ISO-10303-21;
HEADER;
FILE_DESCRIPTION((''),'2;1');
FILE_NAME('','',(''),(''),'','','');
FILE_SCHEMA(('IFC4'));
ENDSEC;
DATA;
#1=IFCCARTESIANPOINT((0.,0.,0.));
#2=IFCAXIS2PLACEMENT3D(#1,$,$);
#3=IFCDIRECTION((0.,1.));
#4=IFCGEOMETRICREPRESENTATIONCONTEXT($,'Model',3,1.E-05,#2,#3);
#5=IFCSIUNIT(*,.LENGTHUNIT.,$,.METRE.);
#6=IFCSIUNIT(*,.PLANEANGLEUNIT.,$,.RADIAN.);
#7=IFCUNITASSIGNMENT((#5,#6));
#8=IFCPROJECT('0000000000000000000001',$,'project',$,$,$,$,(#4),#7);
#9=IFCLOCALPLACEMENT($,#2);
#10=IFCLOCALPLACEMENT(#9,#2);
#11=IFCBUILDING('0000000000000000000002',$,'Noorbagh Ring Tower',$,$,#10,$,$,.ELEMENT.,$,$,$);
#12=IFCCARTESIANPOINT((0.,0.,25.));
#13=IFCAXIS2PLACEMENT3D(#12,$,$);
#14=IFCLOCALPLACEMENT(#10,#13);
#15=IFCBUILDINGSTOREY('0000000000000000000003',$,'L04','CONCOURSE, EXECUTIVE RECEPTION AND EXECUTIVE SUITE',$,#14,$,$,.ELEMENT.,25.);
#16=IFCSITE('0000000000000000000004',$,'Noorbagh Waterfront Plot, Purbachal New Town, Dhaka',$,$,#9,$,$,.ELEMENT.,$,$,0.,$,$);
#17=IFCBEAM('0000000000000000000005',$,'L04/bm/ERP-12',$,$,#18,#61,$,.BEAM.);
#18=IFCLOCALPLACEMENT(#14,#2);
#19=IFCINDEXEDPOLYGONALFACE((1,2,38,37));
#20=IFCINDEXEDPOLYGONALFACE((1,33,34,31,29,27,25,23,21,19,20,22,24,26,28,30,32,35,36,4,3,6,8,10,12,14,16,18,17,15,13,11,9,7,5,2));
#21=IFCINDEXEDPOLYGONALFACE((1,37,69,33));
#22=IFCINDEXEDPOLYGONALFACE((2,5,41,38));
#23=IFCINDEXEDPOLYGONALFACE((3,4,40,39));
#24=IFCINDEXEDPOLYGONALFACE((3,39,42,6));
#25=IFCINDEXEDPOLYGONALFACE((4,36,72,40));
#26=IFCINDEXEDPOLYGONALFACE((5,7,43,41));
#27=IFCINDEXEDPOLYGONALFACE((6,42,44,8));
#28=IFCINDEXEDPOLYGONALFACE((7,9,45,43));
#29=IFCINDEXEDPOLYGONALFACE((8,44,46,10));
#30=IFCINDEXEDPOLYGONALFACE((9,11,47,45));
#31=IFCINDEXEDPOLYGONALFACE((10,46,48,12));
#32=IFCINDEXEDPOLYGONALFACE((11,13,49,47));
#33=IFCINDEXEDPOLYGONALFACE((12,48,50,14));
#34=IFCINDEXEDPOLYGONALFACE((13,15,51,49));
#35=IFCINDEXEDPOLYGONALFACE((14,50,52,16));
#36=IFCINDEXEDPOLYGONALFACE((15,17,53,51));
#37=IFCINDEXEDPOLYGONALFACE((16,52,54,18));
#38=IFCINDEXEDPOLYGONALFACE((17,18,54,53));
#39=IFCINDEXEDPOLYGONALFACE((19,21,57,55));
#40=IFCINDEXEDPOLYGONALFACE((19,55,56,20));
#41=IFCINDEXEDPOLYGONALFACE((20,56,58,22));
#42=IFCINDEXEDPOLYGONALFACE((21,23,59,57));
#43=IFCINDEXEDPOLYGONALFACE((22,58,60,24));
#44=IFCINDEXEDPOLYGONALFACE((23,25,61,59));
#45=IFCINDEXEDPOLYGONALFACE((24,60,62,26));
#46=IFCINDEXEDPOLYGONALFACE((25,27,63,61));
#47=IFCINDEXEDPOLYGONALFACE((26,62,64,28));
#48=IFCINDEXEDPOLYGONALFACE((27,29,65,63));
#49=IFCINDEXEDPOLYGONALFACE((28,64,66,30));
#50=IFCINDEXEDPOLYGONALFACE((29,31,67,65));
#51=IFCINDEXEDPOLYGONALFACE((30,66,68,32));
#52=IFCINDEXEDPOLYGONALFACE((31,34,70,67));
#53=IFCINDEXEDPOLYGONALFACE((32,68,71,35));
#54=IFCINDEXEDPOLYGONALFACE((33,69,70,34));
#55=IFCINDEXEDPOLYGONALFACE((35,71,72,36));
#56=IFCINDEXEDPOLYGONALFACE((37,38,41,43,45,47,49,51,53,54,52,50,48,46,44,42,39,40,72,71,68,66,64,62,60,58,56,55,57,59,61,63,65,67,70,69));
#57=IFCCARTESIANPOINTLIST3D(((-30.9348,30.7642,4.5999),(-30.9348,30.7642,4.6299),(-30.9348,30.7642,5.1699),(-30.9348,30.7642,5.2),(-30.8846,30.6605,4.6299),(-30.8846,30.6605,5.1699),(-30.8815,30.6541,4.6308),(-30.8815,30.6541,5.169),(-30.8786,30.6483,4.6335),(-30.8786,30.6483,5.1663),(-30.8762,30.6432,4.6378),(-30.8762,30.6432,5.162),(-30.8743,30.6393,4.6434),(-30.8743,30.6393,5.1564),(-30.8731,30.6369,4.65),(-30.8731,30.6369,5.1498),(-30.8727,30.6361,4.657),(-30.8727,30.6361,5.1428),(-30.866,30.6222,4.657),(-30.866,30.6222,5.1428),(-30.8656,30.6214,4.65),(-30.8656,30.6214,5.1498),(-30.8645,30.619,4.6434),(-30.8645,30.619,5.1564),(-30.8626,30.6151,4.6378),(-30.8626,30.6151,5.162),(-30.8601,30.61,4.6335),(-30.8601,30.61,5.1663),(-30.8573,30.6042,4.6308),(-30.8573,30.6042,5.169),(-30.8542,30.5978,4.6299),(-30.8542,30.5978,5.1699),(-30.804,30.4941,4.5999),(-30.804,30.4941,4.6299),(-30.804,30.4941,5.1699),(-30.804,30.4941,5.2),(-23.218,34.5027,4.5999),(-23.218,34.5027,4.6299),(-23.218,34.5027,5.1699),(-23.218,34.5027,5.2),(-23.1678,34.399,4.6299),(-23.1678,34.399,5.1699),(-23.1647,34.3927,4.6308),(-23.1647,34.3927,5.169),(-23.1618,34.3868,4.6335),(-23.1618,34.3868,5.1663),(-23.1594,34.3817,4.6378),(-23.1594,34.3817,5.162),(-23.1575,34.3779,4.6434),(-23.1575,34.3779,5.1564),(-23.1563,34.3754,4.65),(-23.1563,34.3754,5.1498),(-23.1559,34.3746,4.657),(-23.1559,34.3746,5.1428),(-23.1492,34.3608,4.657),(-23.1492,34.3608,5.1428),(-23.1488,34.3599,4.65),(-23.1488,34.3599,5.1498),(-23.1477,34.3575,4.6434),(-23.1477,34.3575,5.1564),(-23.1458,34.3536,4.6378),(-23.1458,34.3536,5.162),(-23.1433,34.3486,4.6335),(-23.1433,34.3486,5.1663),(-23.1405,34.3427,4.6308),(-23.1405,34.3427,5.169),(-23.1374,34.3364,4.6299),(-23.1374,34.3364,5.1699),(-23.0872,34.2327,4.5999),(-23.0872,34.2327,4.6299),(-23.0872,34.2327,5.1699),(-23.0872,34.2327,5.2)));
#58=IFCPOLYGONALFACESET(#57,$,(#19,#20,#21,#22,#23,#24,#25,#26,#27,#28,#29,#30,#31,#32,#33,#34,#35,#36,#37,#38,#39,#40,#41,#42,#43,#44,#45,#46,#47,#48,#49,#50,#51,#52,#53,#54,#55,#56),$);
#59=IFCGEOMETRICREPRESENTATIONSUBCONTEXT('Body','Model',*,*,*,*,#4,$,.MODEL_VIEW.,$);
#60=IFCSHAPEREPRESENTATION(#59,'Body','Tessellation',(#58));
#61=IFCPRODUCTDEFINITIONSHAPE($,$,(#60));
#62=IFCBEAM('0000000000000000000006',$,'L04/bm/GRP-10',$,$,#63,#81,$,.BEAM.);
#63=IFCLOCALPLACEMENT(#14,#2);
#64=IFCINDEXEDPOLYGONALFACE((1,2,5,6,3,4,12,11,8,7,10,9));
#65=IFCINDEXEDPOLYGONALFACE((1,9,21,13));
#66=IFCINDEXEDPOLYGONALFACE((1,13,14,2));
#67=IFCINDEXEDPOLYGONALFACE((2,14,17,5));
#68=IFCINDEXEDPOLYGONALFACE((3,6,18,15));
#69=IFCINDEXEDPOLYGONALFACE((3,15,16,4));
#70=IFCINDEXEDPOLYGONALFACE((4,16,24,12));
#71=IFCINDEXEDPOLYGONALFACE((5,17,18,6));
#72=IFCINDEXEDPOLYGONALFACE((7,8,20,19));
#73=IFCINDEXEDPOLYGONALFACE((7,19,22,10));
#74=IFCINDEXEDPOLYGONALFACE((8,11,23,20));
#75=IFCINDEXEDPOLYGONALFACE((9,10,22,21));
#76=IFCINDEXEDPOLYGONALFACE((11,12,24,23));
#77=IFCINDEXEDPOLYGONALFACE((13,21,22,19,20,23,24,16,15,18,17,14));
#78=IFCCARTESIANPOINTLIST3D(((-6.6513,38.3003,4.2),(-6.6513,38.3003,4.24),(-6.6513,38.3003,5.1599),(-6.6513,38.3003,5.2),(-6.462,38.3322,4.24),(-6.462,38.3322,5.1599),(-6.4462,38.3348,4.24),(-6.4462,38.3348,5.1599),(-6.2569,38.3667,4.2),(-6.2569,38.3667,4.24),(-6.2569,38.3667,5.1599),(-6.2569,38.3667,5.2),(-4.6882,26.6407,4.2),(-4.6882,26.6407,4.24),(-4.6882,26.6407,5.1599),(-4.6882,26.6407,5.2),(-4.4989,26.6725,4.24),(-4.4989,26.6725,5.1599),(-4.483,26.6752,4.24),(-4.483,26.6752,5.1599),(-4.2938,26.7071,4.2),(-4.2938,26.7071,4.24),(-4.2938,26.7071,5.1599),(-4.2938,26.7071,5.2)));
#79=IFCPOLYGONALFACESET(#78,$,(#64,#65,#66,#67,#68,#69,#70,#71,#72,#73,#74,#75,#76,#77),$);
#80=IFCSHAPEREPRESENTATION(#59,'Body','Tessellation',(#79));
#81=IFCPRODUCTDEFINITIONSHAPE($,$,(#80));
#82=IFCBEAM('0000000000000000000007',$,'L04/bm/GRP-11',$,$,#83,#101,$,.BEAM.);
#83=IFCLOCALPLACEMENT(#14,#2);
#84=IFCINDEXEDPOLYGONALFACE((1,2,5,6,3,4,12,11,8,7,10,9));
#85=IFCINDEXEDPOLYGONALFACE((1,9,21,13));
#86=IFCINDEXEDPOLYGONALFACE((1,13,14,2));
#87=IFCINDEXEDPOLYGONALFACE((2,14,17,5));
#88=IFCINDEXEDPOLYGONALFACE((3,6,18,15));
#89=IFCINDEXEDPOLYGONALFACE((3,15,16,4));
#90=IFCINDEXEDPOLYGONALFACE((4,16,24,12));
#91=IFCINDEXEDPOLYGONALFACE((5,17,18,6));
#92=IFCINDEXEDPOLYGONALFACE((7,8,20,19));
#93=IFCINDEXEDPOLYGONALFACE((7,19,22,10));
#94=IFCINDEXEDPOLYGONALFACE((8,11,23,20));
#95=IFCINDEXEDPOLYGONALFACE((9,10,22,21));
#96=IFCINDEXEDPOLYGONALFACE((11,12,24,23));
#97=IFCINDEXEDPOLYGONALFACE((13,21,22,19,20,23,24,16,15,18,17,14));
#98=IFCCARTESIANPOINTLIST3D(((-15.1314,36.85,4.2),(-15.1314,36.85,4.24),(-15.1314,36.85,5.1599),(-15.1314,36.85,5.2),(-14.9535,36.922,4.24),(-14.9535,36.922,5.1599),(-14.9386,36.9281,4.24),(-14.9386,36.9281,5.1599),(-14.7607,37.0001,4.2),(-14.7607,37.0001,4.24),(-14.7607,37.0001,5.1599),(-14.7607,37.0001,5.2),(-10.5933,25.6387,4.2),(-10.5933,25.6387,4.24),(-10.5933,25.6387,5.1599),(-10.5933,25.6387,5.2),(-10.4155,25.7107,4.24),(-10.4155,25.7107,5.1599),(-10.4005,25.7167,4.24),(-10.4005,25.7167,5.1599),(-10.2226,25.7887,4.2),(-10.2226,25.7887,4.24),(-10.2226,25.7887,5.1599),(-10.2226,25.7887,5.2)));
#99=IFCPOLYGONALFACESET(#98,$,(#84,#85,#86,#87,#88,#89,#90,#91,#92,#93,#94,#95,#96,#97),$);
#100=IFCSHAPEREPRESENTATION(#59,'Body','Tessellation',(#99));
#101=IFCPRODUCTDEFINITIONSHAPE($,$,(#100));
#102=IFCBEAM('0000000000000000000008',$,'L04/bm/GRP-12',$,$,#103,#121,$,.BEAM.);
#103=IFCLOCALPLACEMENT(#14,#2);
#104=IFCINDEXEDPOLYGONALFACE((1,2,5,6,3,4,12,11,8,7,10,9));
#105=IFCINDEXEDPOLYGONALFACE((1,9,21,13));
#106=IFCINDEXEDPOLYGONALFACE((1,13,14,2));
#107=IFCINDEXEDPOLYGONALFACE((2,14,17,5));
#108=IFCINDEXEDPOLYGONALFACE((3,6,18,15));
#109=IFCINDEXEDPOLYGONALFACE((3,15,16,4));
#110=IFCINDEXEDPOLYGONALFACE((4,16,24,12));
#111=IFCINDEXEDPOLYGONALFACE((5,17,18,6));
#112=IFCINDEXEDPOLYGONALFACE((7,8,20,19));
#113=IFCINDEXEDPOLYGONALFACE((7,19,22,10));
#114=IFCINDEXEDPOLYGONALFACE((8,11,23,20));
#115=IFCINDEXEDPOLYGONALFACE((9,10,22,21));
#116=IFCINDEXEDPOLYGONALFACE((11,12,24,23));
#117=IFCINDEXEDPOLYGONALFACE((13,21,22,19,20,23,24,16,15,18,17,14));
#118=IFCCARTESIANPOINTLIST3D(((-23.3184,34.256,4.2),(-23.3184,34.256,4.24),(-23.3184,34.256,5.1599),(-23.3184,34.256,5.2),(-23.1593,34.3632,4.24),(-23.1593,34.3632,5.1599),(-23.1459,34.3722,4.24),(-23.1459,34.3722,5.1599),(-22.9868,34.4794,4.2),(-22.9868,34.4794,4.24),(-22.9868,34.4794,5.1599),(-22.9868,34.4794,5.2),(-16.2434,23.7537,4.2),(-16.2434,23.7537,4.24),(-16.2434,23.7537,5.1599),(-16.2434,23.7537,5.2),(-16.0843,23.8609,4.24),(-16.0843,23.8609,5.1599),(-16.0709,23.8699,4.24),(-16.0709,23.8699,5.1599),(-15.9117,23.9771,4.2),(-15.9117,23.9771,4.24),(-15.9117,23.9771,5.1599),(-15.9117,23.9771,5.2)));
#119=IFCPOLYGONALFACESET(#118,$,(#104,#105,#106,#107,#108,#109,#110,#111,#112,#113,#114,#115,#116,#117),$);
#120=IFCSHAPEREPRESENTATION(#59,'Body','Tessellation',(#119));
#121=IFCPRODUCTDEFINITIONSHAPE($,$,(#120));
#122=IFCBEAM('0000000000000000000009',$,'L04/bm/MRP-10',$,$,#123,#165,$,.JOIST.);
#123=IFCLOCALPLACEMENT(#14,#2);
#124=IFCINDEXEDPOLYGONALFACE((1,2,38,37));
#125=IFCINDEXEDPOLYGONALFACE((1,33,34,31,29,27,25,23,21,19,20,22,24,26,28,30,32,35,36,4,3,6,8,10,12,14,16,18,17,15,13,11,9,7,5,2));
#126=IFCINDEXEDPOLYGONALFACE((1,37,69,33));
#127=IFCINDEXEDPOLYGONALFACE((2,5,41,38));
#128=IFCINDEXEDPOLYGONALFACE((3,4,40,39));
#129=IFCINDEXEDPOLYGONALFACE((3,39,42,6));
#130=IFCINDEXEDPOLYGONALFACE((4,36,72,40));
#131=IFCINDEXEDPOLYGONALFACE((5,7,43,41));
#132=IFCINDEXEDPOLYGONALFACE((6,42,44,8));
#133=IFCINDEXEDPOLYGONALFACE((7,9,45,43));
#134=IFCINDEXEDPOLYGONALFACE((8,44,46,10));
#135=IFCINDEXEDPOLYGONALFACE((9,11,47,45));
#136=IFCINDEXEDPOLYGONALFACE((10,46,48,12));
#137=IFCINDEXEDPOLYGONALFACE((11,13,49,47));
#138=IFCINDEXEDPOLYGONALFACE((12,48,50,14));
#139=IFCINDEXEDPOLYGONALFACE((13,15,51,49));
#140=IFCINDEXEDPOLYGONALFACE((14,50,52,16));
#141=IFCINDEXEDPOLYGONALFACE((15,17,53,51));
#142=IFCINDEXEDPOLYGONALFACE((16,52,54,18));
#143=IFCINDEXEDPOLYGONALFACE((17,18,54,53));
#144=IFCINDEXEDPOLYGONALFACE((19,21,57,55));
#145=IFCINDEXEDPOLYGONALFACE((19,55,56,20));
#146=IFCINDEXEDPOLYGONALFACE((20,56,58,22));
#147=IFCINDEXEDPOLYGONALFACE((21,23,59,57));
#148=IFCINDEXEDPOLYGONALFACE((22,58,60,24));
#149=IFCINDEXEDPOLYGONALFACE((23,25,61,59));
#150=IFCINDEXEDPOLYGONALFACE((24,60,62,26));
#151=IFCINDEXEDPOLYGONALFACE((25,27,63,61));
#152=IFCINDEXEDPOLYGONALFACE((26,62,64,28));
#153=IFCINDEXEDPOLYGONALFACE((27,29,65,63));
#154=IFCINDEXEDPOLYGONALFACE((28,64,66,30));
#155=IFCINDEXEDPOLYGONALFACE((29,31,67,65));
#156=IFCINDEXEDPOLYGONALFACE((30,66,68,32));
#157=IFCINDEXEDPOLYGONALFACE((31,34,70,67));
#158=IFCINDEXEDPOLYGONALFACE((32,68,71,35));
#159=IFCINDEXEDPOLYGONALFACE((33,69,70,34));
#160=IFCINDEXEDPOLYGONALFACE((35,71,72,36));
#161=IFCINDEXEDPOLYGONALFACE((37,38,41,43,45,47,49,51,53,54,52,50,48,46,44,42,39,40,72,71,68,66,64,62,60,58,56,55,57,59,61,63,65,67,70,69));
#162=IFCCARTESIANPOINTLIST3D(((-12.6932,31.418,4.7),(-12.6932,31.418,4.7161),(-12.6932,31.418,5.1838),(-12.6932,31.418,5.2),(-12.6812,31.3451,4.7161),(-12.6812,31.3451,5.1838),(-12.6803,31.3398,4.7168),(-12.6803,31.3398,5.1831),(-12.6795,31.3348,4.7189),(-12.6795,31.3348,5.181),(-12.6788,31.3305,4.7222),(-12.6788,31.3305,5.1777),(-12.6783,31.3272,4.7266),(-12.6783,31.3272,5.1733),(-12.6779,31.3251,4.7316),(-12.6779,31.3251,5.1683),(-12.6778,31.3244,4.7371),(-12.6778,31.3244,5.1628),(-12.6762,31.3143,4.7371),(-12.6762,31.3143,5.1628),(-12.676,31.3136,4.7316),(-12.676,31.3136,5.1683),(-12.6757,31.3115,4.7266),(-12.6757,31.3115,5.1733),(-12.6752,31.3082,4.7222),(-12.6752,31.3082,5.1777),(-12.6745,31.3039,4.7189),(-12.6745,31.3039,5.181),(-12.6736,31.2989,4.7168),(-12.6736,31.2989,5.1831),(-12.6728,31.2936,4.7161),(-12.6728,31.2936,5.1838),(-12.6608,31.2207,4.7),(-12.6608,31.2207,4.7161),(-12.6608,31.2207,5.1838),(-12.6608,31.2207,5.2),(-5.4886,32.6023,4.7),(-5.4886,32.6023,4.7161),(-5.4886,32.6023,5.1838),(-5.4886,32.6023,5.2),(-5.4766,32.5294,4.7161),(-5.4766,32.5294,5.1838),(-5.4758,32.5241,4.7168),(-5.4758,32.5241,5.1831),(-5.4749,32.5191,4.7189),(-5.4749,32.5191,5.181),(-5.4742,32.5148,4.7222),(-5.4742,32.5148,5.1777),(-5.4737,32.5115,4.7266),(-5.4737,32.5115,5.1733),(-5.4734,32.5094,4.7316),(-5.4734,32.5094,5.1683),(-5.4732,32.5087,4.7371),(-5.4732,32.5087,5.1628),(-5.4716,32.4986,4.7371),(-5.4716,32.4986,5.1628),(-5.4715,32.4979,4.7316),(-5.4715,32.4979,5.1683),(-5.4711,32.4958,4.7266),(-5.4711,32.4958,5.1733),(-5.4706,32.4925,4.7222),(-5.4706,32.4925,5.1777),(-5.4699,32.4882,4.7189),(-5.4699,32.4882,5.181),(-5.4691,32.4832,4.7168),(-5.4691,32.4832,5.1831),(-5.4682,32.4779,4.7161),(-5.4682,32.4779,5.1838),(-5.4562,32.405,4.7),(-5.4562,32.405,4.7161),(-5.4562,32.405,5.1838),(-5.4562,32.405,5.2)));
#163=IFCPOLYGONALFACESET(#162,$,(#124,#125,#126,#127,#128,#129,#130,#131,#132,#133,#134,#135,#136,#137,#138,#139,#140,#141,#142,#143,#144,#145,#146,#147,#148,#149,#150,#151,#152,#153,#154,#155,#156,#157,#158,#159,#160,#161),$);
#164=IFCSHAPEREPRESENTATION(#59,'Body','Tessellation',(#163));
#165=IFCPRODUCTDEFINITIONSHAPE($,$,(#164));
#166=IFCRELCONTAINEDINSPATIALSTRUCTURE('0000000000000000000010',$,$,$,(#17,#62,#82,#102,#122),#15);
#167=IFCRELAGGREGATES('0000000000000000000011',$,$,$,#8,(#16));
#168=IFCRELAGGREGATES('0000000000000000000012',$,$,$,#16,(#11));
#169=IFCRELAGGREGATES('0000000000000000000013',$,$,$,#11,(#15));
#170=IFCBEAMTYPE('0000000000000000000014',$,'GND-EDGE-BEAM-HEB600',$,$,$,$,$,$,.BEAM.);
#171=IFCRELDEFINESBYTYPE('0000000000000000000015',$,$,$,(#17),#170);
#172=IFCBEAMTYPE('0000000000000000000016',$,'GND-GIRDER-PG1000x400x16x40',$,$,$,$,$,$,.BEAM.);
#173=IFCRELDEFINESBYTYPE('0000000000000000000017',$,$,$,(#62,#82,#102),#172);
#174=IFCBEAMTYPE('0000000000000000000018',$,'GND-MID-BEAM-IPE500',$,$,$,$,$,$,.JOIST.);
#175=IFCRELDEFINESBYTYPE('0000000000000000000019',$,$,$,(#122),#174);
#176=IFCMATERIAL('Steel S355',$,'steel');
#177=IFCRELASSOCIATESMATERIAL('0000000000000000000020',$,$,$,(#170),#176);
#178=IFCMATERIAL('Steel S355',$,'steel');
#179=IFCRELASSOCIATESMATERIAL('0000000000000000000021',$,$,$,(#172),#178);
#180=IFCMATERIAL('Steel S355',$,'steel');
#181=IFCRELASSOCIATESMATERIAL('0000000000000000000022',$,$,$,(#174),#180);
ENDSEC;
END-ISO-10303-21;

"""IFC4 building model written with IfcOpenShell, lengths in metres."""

from ifc_helpers import new_model, si_unit, direction, frame, origin, origin_2d, place, context, subcontext, project, spatial, i_section, extrude, material, material_profile, profile_set, type_object, element, save


model = new_model("IFC4")

# Units and contexts
model_context = context("Model", 3, precision=1e-05, world=origin(), true_north=direction((0.0, 1.0)))
body_context = subcontext(model_context, "Body", "Model", "MODEL_VIEW")
ifc_project = project(units=[si_unit("LENGTHUNIT", "METRE"), si_unit("PLANEANGLEUNIT", "RADIAN")], contexts=[model_context])

# Site, building, storey
site_placement = place(None, origin())
site = spatial("IfcSite", under=ifc_project, at=site_placement, Name="Noorbagh Waterfront Plot, Purbachal New Town, Dhaka", CompositionType="ELEMENT", RefElevation=0.0)
building_placement = place(site_placement, origin())
building = spatial("IfcBuilding", under=site, at=building_placement, Name="Noorbagh Ring Tower", CompositionType="ELEMENT")
storey_placement = place(building_placement, frame((0.0, 0.0, 25.0)))
storey = spatial("IfcBuildingStorey", under=building, at=storey_placement, Name="L04", Description="CONCOURSE, EXECUTIVE RECEPTION AND EXECUTIVE SUITE", CompositionType="ELEMENT", Elevation=25.0)

# Beams
ifc_material_1 = material(Name="Steel S355", Category="steel")
ifc_material_profile_1 = material_profile(ifc_material_1, i_section(OverallWidth=0.3, OverallDepth=0.6001, WebThickness=0.0154, FlangeThickness=0.03, FilletRadius=0.0271, at=origin_2d()), Name="HEB600")
ifc_profile_set_1 = profile_set([ifc_material_profile_1], Name="Steel S355")
beam_type_1 = type_object("IfcBeamType", Name="GND-EDGE-BEAM-HEB600", PredefinedType="BEAM", material=ifc_profile_set_1)
beam_1_placement = place(storey_placement, frame((-23.1526, 34.3677, 4.8999), z_axis=(-0.899949, -0.435995, 0.0), x_axis=(0.435995, -0.899949, 0.0)))
element("IfcBeam", 1, at=beam_1_placement, inside=storey, type_object=beam_type_1, Name="L04/bm/ERP-12", PredefinedType="BEAM", context=body_context, shape_type="SweptSolid", body=[
    extrude(i_section(OverallWidth=0.3, OverallDepth=0.6001, WebThickness=0.0154, FlangeThickness=0.03, FilletRadius=0.0271, at=origin_2d()), origin(), (0.0, 0.0, 1.0), 8.5747),
])
ifc_material_2 = material(Name="Steel S355", Category="steel")
ifc_material_profile_2 = material_profile(ifc_material_2, i_section(OverallWidth=0.3999, OverallDepth=1.0, WebThickness=0.0161, FlangeThickness=0.04, at=origin_2d()), Name="PG1000x400x16x40")
ifc_profile_set_2 = profile_set([ifc_material_profile_2], Name="Steel S355")
beam_type_2 = type_object("IfcBeamType", Name="GND-GIRDER-PG1000x400x16x40", PredefinedType="BEAM", material=ifc_profile_set_2)
beam_2_placement = place(storey_placement, frame((-6.4541, 38.3335, 4.7), z_axis=(0.166033, -0.98612, 0.0), x_axis=(0.98612, 0.166033, 0.0)))
element("IfcBeam", 2, at=beam_2_placement, inside=storey, type_object=beam_type_2, Name="L04/bm/GRP-10", PredefinedType="BEAM", context=body_context, shape_type="SweptSolid", body=[
    extrude(i_section(OverallWidth=0.3999, OverallDepth=1.0, WebThickness=0.0161, FlangeThickness=0.04, at=origin_2d()), origin(), (0.0, 0.0, 1.0), 11.8237),
])
beam_3_placement = place(storey_placement, frame((-14.946, 36.925, 4.7), z_axis=(0.375202, -0.926943, 0.0), x_axis=(0.926943, 0.375202, 0.0)))
element("IfcBeam", 3, at=beam_3_placement, inside=storey, type_object=beam_type_2, Name="L04/bm/GRP-11", PredefinedType="BEAM", context=body_context, shape_type="SweptSolid", body=[
    extrude(i_section(OverallWidth=0.3999, OverallDepth=1.0, WebThickness=0.0161, FlangeThickness=0.04, at=origin_2d()), origin(), (0.0, 0.0, 1.0), 12.095),
])
beam_4_placement = place(storey_placement, frame((-23.1526, 34.3677, 4.7), z_axis=(0.558711, -0.829362, 0.0), x_axis=(0.829362, 0.558711, 0.0)))
element("IfcBeam", 4, at=beam_4_placement, inside=storey, type_object=beam_type_2, Name="L04/bm/GRP-12", PredefinedType="BEAM", context=body_context, shape_type="SweptSolid", body=[
    extrude(i_section(OverallWidth=0.3999, OverallDepth=1.0, WebThickness=0.0161, FlangeThickness=0.04, at=origin_2d()), origin(), (0.0, 0.0, 1.0), 12.6631),
])
ifc_material_3 = material(Name="Steel S355", Category="steel")
ifc_material_profile_3 = material_profile(ifc_material_3, i_section(OverallWidth=0.2, OverallDepth=0.5, WebThickness=0.0103, FlangeThickness=0.0161, FilletRadius=0.021, at=origin_2d()), Name="IPE500")
ifc_profile_set_3 = profile_set([ifc_material_profile_3], Name="Steel S355")
beam_type_3 = type_object("IfcBeamType", Name="GND-MID-BEAM-IPE500", PredefinedType="JOIST", material=ifc_profile_set_3)
beam_5_placement = place(storey_placement, frame((-5.4724, 32.5037, 4.95), z_axis=(-0.986757, -0.162208, 0.0), x_axis=(0.162208, -0.986757, 0.0)))
element("IfcBeam", 5, at=beam_5_placement, inside=storey, type_object=beam_type_3, Name="L04/bm/MRP-10", PredefinedType="JOIST", context=body_context, shape_type="SweptSolid", body=[
    extrude(i_section(OverallWidth=0.2, OverallDepth=0.5, WebThickness=0.0103, FlangeThickness=0.0161, FilletRadius=0.021, at=origin_2d()), origin(), (0.0, 0.0, 1.0), 7.3013),
])

save(model, "model.ifc")
